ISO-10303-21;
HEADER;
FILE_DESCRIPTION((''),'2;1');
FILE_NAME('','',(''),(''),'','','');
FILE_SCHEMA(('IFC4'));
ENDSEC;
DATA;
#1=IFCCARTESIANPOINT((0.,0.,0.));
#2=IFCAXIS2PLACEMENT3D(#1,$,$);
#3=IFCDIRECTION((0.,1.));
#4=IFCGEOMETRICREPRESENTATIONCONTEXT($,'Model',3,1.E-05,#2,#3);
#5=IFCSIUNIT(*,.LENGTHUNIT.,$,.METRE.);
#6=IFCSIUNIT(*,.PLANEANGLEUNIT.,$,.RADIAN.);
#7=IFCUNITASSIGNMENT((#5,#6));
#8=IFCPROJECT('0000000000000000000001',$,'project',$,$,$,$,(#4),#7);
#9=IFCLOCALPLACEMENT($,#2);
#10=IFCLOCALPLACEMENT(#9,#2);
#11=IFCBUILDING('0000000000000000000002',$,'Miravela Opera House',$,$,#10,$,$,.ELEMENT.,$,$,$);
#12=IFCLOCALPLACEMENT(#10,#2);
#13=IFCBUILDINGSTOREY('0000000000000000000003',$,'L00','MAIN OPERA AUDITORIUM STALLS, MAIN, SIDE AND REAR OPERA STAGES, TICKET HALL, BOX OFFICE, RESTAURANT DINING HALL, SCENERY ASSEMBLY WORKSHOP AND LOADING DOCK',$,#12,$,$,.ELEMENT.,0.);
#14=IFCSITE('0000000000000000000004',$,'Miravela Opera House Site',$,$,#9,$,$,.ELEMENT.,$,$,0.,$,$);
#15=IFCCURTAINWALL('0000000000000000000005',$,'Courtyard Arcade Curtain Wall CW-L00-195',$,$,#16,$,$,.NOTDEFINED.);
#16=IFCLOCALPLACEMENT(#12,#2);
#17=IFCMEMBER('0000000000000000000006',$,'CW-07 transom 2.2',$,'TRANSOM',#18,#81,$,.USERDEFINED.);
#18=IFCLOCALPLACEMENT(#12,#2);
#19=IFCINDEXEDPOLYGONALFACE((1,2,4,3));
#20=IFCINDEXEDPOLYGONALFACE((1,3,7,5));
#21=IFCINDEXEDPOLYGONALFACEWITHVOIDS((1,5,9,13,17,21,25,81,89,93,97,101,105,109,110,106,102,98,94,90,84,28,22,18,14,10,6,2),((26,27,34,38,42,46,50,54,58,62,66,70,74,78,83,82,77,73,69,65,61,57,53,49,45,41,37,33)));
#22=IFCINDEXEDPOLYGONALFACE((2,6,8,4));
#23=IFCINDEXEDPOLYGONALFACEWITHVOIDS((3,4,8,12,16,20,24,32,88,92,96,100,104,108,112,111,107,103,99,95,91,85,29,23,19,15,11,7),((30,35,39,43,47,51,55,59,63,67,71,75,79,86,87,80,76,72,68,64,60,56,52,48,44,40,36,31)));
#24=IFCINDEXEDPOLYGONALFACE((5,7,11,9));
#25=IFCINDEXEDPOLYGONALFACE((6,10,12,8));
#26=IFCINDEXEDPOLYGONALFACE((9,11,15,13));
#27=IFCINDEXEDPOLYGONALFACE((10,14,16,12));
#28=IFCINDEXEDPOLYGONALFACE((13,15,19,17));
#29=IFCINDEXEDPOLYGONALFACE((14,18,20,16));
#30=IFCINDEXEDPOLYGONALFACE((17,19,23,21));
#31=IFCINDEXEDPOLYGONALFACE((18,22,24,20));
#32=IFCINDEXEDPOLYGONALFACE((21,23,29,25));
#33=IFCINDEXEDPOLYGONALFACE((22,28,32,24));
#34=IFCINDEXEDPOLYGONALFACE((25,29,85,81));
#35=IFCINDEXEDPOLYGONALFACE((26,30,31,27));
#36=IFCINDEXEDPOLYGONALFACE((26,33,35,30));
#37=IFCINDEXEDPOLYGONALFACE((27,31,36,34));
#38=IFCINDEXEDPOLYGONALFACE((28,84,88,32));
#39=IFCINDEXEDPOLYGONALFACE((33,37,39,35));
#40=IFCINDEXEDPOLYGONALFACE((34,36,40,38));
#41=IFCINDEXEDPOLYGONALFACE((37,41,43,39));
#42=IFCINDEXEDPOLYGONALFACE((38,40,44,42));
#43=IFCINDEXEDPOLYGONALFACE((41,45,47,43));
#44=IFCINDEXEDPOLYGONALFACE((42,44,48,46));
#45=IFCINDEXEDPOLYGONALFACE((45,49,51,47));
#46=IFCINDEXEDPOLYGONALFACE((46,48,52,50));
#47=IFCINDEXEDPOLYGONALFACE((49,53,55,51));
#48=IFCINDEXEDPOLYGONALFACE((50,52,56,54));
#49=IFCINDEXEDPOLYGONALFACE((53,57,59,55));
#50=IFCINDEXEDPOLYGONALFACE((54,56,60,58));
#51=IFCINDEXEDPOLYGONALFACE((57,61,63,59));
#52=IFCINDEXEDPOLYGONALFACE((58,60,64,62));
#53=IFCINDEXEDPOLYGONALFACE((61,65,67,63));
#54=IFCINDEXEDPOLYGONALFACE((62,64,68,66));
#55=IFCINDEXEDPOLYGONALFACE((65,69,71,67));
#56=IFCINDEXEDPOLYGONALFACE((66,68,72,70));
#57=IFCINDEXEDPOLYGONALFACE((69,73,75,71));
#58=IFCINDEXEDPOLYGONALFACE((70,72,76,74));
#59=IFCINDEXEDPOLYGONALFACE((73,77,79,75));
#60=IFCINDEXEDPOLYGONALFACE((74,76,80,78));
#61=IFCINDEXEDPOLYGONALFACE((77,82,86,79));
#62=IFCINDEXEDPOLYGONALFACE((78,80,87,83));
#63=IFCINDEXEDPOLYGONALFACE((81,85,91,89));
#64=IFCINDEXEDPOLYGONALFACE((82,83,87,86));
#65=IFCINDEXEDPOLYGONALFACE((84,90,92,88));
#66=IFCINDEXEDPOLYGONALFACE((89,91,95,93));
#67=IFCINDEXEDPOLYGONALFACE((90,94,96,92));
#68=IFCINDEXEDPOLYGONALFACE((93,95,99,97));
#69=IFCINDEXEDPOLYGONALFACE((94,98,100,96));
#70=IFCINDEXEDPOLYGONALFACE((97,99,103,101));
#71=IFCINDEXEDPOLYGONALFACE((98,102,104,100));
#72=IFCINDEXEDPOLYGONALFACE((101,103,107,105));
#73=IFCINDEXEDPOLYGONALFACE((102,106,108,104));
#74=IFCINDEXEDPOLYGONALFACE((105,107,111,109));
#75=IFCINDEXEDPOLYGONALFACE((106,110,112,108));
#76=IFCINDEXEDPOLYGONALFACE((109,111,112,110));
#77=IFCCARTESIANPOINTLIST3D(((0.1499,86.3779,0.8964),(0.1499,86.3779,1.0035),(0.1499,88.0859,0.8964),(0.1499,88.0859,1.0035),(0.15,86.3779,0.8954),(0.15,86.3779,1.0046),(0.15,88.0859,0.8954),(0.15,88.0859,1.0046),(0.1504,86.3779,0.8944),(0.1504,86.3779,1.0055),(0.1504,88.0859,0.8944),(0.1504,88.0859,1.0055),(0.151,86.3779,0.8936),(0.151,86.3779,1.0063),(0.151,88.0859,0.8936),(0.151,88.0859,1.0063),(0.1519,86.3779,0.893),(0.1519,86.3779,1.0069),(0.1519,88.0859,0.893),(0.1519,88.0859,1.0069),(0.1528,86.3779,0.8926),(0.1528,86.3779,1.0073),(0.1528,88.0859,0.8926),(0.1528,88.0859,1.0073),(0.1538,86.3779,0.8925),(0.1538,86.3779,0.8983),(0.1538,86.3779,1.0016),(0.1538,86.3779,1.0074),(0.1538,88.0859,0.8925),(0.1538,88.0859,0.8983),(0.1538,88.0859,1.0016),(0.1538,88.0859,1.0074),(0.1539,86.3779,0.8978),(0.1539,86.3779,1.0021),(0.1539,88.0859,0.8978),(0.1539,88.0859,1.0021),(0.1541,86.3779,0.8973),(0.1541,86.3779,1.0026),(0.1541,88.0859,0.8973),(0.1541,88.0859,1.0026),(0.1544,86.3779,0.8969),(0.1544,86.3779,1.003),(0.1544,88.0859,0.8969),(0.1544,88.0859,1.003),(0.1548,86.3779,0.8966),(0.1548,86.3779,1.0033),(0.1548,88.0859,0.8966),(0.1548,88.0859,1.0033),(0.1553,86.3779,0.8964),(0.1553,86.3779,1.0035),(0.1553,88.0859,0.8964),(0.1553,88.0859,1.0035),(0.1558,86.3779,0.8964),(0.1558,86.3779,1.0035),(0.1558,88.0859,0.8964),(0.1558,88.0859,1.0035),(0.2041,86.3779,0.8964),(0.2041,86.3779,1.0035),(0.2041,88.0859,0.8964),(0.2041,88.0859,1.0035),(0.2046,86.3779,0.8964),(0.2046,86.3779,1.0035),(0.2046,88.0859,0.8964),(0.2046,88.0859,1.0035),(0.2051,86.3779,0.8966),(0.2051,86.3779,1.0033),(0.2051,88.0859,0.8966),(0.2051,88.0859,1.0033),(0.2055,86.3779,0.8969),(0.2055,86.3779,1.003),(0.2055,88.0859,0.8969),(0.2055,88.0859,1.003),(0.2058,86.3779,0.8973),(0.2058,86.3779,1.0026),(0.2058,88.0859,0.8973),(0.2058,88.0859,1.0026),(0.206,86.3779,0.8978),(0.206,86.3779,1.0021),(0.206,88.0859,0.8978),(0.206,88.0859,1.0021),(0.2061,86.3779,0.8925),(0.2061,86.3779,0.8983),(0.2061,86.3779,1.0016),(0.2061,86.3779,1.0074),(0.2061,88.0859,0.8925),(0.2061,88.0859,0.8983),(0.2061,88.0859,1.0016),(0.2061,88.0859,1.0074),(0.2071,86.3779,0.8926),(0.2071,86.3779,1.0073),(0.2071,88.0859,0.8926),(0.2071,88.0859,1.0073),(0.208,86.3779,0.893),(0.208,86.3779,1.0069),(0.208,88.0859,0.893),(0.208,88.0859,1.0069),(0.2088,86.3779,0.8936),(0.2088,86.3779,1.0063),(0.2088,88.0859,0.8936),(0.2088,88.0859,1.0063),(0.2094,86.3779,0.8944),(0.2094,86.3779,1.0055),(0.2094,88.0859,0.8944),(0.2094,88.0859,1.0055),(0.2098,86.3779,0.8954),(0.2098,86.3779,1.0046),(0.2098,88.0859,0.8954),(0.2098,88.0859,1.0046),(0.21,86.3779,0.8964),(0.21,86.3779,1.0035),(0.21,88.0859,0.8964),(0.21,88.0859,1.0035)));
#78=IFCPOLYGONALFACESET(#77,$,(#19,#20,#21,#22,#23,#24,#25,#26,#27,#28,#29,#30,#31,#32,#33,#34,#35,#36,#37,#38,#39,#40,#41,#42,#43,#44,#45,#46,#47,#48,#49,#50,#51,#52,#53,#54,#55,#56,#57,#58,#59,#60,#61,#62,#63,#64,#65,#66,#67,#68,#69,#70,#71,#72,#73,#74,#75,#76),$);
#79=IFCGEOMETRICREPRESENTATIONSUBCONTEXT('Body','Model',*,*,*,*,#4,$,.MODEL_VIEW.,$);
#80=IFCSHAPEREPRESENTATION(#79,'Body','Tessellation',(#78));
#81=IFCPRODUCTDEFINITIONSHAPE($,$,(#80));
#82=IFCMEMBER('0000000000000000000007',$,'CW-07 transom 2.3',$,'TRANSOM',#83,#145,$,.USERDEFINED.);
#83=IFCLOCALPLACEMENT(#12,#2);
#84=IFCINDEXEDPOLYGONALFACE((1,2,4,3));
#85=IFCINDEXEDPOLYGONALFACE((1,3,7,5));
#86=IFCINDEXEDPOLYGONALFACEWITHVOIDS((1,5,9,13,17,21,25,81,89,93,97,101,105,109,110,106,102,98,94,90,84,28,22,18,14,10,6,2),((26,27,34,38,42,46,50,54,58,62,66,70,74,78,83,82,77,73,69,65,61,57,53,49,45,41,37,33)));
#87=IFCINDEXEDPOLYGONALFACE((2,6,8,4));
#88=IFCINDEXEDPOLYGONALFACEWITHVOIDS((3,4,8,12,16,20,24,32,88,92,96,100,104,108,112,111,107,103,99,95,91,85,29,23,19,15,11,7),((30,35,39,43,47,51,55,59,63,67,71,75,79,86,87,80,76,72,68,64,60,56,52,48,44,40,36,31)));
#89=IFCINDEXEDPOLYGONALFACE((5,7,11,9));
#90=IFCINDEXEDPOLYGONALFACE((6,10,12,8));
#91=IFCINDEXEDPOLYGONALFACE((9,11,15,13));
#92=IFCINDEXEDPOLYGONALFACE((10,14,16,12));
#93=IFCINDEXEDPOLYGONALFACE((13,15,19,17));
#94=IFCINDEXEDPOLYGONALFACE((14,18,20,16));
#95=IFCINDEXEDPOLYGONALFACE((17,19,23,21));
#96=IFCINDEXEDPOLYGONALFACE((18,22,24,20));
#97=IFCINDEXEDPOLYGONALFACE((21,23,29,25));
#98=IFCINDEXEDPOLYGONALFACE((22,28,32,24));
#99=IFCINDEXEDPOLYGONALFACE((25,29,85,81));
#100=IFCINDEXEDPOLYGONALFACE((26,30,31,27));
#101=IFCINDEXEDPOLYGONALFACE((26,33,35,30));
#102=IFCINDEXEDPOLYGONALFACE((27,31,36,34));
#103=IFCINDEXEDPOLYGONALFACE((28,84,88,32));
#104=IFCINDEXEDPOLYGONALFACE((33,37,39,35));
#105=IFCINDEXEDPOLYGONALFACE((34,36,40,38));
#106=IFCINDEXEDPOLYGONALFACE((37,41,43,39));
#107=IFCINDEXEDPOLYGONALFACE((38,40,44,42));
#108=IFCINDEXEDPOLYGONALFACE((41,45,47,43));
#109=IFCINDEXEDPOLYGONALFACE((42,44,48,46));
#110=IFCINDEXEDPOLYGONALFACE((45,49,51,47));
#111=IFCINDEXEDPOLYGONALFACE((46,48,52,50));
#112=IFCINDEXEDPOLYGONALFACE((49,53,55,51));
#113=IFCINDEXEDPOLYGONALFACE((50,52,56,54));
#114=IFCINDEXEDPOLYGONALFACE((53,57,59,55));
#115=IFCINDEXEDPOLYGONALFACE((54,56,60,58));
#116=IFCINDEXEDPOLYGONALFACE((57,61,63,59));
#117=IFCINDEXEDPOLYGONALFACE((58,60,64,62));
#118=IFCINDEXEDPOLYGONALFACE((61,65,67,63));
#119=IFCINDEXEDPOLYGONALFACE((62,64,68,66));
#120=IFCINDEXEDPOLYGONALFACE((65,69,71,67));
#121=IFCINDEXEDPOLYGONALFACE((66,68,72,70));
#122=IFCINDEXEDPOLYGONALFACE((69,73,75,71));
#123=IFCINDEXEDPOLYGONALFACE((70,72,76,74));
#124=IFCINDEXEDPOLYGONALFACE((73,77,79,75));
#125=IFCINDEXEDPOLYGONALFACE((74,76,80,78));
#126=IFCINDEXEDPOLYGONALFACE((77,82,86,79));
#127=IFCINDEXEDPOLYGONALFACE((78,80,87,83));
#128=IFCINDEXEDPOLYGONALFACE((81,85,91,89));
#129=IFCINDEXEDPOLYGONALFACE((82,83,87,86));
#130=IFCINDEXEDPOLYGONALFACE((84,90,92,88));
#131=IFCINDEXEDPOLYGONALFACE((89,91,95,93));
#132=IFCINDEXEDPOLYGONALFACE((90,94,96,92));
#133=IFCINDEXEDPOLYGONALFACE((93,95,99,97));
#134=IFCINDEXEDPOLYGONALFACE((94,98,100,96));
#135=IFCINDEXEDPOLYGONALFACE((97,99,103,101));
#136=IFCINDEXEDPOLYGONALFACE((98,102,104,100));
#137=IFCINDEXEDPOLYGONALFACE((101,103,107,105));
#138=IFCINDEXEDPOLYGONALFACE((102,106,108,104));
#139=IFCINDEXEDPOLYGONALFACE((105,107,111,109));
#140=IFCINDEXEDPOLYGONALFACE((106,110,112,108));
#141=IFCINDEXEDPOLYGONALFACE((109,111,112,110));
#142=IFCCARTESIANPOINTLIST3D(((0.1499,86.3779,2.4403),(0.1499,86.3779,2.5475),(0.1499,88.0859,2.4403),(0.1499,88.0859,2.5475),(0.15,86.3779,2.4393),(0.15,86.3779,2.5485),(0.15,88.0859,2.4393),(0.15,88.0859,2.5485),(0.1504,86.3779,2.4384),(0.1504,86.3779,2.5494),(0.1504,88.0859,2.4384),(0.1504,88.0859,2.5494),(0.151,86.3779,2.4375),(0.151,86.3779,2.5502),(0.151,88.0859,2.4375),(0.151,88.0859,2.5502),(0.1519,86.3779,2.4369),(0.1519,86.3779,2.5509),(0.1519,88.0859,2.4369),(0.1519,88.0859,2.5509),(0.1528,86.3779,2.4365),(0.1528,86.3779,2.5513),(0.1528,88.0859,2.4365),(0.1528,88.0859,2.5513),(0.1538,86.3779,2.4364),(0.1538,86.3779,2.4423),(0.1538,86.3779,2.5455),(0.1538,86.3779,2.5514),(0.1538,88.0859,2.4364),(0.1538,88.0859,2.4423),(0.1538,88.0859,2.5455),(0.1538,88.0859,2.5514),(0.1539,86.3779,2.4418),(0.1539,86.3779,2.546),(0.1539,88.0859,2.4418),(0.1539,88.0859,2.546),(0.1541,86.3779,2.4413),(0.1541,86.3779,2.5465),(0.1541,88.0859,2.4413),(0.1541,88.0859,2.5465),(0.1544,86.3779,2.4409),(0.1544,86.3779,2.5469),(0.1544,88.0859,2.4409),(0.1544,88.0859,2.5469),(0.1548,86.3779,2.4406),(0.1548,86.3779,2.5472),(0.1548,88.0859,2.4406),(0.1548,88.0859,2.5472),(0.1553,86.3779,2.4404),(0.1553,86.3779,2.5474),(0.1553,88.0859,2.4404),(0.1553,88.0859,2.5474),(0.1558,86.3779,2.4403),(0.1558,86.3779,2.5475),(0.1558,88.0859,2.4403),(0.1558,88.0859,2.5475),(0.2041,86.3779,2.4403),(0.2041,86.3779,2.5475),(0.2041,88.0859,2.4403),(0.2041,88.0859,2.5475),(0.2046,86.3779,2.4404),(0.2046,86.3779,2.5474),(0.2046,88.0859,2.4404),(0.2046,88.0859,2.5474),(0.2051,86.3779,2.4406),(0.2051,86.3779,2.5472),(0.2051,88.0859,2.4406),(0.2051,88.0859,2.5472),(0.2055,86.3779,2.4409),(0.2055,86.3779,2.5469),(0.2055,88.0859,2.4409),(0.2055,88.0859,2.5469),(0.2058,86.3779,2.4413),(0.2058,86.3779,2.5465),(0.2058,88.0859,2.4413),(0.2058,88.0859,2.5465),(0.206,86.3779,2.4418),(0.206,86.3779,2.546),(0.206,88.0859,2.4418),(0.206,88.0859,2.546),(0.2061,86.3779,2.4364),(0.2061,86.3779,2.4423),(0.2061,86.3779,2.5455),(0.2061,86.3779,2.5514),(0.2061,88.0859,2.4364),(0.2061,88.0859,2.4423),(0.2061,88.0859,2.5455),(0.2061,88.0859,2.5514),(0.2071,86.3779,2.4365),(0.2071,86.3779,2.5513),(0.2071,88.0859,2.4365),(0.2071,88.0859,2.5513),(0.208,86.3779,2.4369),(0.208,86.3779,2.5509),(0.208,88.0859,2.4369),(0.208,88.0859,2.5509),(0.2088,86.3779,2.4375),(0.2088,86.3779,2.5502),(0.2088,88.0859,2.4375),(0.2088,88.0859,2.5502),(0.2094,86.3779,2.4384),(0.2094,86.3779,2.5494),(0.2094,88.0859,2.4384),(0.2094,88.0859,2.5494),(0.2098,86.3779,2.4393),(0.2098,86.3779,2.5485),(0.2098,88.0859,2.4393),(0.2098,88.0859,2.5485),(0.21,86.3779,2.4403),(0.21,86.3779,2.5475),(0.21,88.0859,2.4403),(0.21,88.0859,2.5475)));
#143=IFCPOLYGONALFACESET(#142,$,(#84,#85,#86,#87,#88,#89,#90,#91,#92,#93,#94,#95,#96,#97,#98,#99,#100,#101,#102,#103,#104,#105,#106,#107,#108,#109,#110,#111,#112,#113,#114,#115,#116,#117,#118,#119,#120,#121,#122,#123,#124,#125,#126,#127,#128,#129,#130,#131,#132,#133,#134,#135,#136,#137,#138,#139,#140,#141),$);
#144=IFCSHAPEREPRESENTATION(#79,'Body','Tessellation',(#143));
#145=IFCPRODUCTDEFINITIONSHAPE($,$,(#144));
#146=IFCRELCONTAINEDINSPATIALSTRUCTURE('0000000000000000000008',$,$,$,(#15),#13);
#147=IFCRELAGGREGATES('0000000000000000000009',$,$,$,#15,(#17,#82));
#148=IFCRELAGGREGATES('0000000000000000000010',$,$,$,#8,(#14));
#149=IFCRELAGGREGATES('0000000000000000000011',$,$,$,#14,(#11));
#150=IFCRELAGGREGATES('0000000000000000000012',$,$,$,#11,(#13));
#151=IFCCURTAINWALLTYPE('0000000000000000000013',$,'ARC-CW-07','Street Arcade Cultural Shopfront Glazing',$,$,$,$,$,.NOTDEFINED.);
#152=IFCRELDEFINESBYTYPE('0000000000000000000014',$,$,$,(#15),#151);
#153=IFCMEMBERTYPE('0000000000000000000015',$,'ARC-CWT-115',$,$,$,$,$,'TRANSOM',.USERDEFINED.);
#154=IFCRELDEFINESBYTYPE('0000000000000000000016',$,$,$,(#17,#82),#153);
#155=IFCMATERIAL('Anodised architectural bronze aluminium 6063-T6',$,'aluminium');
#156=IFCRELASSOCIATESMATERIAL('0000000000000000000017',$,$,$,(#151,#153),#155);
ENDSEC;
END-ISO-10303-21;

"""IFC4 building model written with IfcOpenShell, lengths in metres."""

from ifc_helpers import new_model, si_unit, direction, frame, origin, origin_2d, place, context, subcontext, project, spatial, hollow_rectangle, extrude, material, material_profile, profile_set, type_object, element, aggregate, save


model = new_model("IFC4")

# Units and contexts
model_context = context("Model", 3, precision=1e-05, world=origin(), true_north=direction((0.0, 1.0)))
body_context = subcontext(model_context, "Body", "Model", "MODEL_VIEW")
ifc_project = project(units=[si_unit("LENGTHUNIT", "METRE"), si_unit("PLANEANGLEUNIT", "RADIAN")], contexts=[model_context])

# Site, building, storey
site_placement = place(None, origin())
site = spatial("IfcSite", under=ifc_project, at=site_placement, Name="Miravela Opera House Site", CompositionType="ELEMENT", RefElevation=0.0)
building_placement = place(site_placement, origin())
building = spatial("IfcBuilding", under=site, at=building_placement, Name="Miravela Opera House", CompositionType="ELEMENT")
storey_placement = place(building_placement, origin())
storey = spatial("IfcBuildingStorey", under=building, at=storey_placement, Name="L00", Description="MAIN OPERA AUDITORIUM STALLS, MAIN, SIDE AND REAR OPERA STAGES, TICKET HALL, BOX OFFICE, RESTAURANT DINING HALL, SCENERY ASSEMBLY WORKSHOP AND LOADING DOCK", CompositionType="ELEMENT", Elevation=0.0)

# Curtain wall, members
ifc_material_1 = material(Name="Anodised architectural bronze aluminium 6063-T6", Category="aluminium")
curtain_wall_type = type_object("IfcCurtainWallType", Name="ARC-CW-07", Description="Street Arcade Cultural Shopfront Glazing", PredefinedType="NOTDEFINED", material=ifc_material_1)
curtain_wall_placement = place(storey_placement, origin())
curtain_wall = element("IfcCurtainWall", 1, at=curtain_wall_placement, inside=storey, type_object=curtain_wall_type, Name="Courtyard Arcade Curtain Wall CW-L00-195", PredefinedType="NOTDEFINED")
ifc_material_profile_1 = material_profile(ifc_material_1, hollow_rectangle(XDim=0.0601, YDim=0.115, WallThickness=0.0039, InnerFilletRadius=0.002, OuterFilletRadius=0.0039, at=origin_2d()), Name="CWT-60X115")
ifc_profile_set_1 = profile_set([ifc_material_profile_1])
member_type_1 = type_object("IfcMemberType", Name="ARC-CWT-115", ElementType="TRANSOM", PredefinedType="USERDEFINED", material=ifc_profile_set_1)
member_1_placement = place(storey_placement, frame((0.1799, 86.3779, 0.95), z_axis=(0.0, 1.0, 0.0), x_axis=(-1.0, 0.0, 0.0)))
member_1 = element("IfcMember", 2, at=member_1_placement, type_object=member_type_1, Name="CW-07 transom 2.2", ObjectType="TRANSOM", PredefinedType="USERDEFINED", context=body_context, shape_type="SweptSolid", body=[
    extrude(hollow_rectangle(XDim=0.0601, YDim=0.115, WallThickness=0.0039, InnerFilletRadius=0.002, OuterFilletRadius=0.0039, at=origin_2d()), origin(), (0.0, 0.0, 1.0), 1.708),
])
member_2_placement = place(storey_placement, frame((0.1799, 86.3779, 2.4939), z_axis=(0.0, 1.0, 0.0), x_axis=(-1.0, 0.0, 0.0)))
member_2 = element("IfcMember", 3, at=member_2_placement, type_object=member_type_1, Name="CW-07 transom 2.3", ObjectType="TRANSOM", PredefinedType="USERDEFINED", context=body_context, shape_type="SweptSolid", body=[
    extrude(hollow_rectangle(XDim=0.0601, YDim=0.115, WallThickness=0.0039, InnerFilletRadius=0.002, OuterFilletRadius=0.0039, at=origin_2d()), origin(), (0.0, 0.0, 1.0), 1.708),
])

aggregate(curtain_wall, [member_1, member_2])

save(model, "model.ifc")
